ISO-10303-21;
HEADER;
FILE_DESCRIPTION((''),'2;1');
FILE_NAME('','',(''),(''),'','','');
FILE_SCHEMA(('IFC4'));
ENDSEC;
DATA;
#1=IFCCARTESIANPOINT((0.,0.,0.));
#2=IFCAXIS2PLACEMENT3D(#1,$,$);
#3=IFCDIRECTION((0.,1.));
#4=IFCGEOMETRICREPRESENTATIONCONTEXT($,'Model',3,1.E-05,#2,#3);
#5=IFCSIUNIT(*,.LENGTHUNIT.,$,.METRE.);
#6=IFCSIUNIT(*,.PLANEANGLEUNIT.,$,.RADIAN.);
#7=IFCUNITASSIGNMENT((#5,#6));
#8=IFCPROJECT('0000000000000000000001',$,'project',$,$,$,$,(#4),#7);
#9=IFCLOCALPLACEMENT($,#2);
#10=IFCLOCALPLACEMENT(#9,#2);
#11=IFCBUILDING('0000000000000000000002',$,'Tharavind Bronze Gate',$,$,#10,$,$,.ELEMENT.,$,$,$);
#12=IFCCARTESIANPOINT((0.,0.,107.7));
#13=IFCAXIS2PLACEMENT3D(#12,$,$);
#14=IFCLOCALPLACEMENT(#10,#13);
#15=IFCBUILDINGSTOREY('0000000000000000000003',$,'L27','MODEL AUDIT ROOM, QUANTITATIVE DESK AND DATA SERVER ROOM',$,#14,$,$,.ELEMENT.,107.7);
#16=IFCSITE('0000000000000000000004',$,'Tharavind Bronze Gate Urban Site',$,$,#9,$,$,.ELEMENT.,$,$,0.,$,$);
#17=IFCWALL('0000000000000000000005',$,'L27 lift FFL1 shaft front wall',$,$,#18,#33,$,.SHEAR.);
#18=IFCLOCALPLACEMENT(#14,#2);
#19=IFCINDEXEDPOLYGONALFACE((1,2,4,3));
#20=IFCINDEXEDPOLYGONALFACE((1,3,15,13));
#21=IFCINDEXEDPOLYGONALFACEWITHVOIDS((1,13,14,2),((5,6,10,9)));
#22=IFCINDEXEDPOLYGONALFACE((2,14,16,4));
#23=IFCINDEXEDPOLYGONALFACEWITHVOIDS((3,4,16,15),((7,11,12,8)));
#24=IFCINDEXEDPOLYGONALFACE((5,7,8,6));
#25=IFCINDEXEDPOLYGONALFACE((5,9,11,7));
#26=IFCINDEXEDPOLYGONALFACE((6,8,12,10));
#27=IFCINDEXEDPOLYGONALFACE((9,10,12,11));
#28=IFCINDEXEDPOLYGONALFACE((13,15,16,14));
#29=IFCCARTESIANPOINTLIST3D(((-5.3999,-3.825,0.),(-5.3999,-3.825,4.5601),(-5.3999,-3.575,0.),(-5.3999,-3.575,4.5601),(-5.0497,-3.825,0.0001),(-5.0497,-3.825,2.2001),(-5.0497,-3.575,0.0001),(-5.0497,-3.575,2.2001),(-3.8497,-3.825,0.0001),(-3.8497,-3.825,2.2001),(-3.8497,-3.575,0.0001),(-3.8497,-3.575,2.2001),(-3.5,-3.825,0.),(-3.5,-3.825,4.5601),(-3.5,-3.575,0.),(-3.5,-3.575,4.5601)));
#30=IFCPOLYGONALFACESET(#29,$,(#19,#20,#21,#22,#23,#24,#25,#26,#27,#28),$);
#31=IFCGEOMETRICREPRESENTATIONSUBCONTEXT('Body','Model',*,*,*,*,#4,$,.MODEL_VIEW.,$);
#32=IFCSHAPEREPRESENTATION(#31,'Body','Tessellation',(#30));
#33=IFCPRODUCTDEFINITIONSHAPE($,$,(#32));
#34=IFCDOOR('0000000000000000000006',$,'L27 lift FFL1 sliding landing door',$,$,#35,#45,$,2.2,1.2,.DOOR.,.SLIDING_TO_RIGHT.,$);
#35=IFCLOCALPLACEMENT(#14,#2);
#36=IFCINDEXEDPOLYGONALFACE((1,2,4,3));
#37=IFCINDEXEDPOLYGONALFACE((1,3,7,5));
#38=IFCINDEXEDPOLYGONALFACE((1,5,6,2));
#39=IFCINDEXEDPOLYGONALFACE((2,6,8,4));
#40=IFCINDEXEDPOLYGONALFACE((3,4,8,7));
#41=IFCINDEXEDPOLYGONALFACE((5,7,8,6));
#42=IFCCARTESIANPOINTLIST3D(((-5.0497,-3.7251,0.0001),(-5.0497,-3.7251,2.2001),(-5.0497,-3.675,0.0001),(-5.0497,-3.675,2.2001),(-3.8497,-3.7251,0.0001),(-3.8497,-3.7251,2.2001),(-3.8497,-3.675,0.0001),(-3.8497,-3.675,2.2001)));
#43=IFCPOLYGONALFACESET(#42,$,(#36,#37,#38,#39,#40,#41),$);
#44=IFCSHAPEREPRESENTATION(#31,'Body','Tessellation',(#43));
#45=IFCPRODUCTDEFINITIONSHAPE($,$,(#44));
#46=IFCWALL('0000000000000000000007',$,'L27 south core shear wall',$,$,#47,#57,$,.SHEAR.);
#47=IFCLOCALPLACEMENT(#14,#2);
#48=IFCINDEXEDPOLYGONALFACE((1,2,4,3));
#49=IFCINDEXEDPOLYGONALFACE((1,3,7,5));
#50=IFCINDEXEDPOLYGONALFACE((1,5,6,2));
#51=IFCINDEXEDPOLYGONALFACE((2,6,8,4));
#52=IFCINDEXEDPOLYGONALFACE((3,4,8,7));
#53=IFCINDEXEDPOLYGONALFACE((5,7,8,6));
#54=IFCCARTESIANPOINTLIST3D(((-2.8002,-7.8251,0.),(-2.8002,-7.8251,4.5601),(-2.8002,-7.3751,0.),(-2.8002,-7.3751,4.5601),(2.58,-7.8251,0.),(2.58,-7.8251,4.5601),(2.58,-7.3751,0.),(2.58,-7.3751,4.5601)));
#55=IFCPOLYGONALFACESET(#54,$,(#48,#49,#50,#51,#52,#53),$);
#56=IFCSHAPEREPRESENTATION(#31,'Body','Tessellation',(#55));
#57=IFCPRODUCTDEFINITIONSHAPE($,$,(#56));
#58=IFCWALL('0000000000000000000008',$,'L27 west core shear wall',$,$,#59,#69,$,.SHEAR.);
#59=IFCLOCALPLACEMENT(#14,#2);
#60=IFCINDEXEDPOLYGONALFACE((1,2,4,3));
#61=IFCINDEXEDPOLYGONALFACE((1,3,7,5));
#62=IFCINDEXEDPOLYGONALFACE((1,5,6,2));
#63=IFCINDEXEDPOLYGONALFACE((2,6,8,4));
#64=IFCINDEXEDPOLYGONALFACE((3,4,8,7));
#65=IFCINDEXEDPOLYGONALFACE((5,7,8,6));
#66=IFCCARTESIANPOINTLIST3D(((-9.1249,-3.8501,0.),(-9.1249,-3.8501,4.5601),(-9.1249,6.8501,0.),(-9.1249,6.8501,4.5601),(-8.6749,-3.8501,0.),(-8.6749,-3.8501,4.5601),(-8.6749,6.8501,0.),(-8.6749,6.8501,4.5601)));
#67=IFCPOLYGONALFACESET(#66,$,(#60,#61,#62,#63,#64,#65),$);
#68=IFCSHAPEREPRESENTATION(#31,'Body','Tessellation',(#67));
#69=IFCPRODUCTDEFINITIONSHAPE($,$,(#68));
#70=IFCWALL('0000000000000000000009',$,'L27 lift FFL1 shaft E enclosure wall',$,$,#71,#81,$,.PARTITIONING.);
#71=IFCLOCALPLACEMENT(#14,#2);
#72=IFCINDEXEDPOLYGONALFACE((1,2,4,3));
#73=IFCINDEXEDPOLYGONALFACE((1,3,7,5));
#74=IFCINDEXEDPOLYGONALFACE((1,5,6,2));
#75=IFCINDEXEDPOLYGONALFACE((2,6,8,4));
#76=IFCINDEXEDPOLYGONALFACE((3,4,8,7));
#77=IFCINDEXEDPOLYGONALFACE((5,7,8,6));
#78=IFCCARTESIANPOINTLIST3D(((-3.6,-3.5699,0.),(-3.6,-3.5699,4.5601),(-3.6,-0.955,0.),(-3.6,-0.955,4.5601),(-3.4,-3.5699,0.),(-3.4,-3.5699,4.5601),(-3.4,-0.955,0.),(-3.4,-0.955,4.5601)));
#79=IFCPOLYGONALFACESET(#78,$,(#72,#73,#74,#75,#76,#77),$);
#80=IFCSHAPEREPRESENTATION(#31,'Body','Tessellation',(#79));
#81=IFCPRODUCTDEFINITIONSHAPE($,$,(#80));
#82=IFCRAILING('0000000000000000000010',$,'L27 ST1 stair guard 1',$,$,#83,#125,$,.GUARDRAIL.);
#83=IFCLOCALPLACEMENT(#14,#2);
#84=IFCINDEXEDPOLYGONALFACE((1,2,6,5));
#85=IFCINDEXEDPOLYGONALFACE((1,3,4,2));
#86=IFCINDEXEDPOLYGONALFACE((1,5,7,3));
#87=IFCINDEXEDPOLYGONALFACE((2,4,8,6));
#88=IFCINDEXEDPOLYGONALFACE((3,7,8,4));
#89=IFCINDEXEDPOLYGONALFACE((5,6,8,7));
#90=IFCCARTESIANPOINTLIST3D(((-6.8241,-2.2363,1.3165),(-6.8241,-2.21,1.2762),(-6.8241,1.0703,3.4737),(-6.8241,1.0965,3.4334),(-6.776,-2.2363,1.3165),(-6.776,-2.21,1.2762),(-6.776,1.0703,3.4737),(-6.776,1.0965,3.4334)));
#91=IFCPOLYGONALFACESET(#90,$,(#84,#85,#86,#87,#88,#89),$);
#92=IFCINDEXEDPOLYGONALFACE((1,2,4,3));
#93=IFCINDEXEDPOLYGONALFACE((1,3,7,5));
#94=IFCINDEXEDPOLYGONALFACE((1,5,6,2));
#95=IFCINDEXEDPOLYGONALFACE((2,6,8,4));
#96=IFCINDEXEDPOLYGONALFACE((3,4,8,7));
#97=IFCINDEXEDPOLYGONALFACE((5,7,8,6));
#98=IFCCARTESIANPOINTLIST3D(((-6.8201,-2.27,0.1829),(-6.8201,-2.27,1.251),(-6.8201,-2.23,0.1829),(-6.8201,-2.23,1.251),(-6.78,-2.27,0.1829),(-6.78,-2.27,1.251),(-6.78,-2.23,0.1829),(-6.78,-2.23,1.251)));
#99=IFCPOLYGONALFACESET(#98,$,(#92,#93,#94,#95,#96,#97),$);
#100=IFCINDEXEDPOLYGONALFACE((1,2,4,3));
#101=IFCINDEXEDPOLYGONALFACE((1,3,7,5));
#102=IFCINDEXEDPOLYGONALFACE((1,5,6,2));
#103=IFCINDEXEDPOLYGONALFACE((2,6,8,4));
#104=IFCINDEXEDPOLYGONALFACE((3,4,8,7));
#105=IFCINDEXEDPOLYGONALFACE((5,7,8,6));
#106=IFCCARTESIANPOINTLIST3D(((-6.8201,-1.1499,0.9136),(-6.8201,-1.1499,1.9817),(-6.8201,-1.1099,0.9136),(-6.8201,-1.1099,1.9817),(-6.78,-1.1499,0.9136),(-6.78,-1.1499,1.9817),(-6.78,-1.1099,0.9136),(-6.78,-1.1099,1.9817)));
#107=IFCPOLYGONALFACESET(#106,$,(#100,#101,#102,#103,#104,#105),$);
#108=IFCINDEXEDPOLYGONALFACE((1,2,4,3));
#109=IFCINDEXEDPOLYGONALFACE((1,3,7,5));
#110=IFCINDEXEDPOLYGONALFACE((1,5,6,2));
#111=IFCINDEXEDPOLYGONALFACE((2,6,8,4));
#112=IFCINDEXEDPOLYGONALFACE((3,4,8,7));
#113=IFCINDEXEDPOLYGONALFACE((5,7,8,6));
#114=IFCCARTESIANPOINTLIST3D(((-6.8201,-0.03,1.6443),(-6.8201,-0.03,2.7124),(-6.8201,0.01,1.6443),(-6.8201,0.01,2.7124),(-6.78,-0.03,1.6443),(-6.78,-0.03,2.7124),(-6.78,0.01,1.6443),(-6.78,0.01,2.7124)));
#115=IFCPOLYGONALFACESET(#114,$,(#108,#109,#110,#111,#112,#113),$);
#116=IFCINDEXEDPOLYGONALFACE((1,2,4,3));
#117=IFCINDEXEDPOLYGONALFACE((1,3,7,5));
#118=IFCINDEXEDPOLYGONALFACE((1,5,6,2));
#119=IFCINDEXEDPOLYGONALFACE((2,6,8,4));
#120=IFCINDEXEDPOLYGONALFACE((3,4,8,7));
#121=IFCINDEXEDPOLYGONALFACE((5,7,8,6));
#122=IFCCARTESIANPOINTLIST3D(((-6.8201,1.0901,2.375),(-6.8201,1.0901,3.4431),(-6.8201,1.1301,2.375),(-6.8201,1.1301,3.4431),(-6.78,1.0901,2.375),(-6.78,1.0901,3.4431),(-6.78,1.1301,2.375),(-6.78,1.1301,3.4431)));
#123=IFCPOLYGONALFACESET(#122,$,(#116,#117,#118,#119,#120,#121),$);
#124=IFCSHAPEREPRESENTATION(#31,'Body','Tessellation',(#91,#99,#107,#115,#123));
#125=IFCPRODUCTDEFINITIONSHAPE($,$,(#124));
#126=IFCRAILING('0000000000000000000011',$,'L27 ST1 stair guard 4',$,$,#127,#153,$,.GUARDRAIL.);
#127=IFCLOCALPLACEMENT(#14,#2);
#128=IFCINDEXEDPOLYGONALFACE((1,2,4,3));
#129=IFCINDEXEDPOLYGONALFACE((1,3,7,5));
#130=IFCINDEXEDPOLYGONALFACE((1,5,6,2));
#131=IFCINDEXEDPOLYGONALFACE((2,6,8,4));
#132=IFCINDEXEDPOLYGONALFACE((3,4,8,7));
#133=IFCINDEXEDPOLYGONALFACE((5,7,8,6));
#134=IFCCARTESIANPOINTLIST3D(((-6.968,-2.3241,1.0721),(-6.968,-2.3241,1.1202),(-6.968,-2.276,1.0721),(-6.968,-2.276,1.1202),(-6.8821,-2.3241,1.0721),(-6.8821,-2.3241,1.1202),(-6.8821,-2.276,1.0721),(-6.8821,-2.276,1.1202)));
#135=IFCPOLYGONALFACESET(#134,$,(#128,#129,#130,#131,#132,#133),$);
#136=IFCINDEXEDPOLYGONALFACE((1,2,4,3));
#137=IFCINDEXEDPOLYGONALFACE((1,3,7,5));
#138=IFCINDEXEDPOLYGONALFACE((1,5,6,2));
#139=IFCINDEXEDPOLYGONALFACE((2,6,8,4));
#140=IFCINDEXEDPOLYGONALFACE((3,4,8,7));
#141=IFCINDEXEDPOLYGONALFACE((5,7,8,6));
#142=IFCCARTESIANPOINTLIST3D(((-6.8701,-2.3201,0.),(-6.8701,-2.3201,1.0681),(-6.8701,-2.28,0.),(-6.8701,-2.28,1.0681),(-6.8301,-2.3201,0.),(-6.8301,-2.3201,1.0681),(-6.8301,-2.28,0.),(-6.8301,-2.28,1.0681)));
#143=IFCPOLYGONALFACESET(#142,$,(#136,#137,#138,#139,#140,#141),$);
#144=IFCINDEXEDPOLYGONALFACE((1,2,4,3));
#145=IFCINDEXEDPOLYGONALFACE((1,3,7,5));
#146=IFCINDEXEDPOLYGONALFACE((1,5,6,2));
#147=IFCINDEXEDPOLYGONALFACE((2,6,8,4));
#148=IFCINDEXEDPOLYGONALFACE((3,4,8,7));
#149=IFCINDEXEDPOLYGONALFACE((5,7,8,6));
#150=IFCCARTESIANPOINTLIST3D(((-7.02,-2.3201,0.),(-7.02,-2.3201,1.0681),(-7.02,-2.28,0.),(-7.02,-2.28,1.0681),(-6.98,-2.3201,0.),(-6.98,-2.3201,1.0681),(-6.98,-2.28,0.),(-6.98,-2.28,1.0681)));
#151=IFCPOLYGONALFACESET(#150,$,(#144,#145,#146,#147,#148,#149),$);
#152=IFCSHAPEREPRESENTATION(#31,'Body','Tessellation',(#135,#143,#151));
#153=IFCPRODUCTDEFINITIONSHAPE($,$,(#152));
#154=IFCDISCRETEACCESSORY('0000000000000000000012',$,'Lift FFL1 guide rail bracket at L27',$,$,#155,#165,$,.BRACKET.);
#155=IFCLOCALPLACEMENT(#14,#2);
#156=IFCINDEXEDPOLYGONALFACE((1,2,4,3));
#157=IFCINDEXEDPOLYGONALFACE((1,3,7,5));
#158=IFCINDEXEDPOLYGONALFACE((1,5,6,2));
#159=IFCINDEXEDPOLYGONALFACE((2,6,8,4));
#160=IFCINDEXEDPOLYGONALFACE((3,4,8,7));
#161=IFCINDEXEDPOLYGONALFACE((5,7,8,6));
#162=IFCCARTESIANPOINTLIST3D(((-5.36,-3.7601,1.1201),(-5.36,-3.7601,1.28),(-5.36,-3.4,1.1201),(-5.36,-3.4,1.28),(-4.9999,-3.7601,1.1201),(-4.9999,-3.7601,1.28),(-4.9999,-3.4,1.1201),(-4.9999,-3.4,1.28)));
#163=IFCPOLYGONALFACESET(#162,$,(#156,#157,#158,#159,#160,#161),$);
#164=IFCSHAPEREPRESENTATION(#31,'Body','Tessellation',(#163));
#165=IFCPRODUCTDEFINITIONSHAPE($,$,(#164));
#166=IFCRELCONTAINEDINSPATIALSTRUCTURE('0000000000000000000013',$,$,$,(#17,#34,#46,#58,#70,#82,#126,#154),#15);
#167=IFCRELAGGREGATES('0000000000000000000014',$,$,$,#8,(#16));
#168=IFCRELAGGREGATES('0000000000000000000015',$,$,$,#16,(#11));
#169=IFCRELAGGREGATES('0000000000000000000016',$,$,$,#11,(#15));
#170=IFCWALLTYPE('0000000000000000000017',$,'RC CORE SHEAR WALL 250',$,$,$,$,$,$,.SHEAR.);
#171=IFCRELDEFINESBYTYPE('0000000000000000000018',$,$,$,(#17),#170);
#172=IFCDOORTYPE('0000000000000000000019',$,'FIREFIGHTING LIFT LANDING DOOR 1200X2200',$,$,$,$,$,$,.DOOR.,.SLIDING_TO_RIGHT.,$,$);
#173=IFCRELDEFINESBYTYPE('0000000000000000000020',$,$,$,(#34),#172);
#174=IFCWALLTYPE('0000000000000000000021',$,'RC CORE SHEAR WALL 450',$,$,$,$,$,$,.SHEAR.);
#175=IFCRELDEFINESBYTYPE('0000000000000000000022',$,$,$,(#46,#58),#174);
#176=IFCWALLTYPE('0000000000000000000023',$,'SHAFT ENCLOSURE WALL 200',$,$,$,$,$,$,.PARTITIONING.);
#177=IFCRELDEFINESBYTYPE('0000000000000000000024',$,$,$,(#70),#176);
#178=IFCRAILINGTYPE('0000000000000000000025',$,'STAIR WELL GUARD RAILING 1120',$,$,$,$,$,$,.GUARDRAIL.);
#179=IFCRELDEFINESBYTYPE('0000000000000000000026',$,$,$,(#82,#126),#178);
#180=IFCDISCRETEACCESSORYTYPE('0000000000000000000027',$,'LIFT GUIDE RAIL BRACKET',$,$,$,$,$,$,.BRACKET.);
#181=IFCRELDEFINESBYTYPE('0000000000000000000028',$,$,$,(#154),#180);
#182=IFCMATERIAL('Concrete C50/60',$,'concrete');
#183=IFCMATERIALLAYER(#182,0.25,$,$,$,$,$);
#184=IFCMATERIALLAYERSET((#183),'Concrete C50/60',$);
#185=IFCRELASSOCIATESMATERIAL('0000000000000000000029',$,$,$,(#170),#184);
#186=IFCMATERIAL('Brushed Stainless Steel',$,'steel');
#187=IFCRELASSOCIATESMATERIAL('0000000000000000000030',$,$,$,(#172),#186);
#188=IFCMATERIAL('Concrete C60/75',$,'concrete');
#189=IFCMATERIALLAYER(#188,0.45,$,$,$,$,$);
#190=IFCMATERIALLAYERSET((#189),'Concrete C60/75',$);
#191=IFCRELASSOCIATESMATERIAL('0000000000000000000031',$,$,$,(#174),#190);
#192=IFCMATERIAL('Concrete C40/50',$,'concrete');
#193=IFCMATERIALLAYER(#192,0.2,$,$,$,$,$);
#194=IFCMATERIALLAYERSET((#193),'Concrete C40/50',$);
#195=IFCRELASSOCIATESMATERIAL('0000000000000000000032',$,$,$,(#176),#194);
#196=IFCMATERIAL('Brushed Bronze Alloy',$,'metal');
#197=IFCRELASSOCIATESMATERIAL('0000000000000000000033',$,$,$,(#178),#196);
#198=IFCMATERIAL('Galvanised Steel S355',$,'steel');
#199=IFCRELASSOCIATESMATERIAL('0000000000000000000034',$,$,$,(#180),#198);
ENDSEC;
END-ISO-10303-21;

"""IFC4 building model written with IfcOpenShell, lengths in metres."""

from ifc_helpers import new_model, si_unit, direction, frame, frame_2d, origin, origin_2d, place, context, subcontext, project, spatial, rectangle, extrude, material, layer, layer_set, type_object, element, fill, save


model = new_model("IFC4")

# Units and contexts
model_context = context("Model", 3, precision=1e-05, world=origin(), true_north=direction((0.0, 1.0)))
body_context = subcontext(model_context, "Body", "Model", "MODEL_VIEW")
ifc_project = project(units=[si_unit("LENGTHUNIT", "METRE"), si_unit("PLANEANGLEUNIT", "RADIAN")], contexts=[model_context])

# Site, building, storey
site_placement = place(None, origin())
site = spatial("IfcSite", under=ifc_project, at=site_placement, Name="Tharavind Bronze Gate Urban Site", CompositionType="ELEMENT", RefElevation=0.0)
building_placement = place(site_placement, origin())
building = spatial("IfcBuilding", under=site, at=building_placement, Name="Tharavind Bronze Gate", CompositionType="ELEMENT")
storey_placement = place(building_placement, frame((0.0, 0.0, 107.7)))
storey = spatial("IfcBuildingStorey", under=building, at=storey_placement, Name="L27", Description="MODEL AUDIT ROOM, QUANTITATIVE DESK AND DATA SERVER ROOM", CompositionType="ELEMENT", Elevation=107.7)

# Shared definitions
ifc_material_1 = material(Name="Concrete C60/75", Category="concrete")

# Shared definitions
ifc_material_2 = material(Name="Concrete C50/60", Category="concrete")
ifc_layer_1 = layer(ifc_material_2, 0.25)
ifc_layer_set_1 = layer_set([ifc_layer_1], Name="Concrete C50/60")
wall_type_1 = type_object("IfcWallType", Name="RC CORE SHEAR WALL 250", PredefinedType="SHEAR", material=ifc_layer_set_1)

# Wall, opening, door
wall_1_placement = place(storey_placement, frame((-5.3999, -3.7, 0.0), z_axis=(0.0, 0.0, 1.0), x_axis=(1.0, 0.0, 0.0)))
wall_1 = element("IfcWall", 1, at=wall_1_placement, inside=storey, type_object=wall_type_1, Name="L27 lift FFL1 shaft front wall", PredefinedType="SHEAR", context=body_context, shape_type="SweptSolid", body=[
    extrude(rectangle(XDim=1.8999, YDim=0.25, at=frame_2d((0.95, 0.0))), origin(), (0.0, 0.0, 1.0), 4.5601),
])
opening_1_placement = place(wall_1_placement, frame((0.3501, 0.0, 0.0)))
opening_1 = element("IfcOpeningElement", 2, at=opening_1_placement, cuts=wall_1, PredefinedType="OPENING", context=body_context, shape_type="SweptSolid", body=[
    extrude(rectangle(XDim=1.2, YDim=2.2, at=frame_2d((0.6001, 1.1001))), frame((0.0, 0.135, 0.0), z_axis=(0.0, -1.0, 0.0), x_axis=(1.0, 0.0, 0.0)), (0.0, 0.0, 1.0), 0.27),
])
ifc_material_3 = material(Name="Brushed Stainless Steel", Category="steel")
door_type_1 = type_object("IfcDoorType", Name="FIREFIGHTING LIFT LANDING DOOR 1200X2200", OperationType="SLIDING_TO_RIGHT", PredefinedType="DOOR", material=ifc_material_3)
door_1_placement = place(opening_1_placement, origin())
door_1 = element("IfcDoor", 3, at=door_1_placement, inside=storey, type_object=door_type_1, Name="L27 lift FFL1 sliding landing door", OperationType="SLIDING_TO_RIGHT", OverallHeight=2.2, OverallWidth=1.2, PredefinedType="DOOR", context=body_context, shape_type="SweptSolid", body=[
    extrude(rectangle(XDim=1.2, YDim=2.2, at=frame_2d((0.6001, 1.1001))), frame((0.0, 0.0249, 0.0), z_axis=(0.0, -1.0, 0.0), x_axis=(1.0, 0.0, 0.0)), (0.0, 0.0, 1.0), 0.05),
])
fill(opening_1, door_1)

# Walls
ifc_layer_2 = layer(ifc_material_1, 0.45)
ifc_layer_set_2 = layer_set([ifc_layer_2], Name="Concrete C60/75")
wall_type_2 = type_object("IfcWallType", Name="RC CORE SHEAR WALL 450", PredefinedType="SHEAR", material=ifc_layer_set_2)
wall_2_placement = place(storey_placement, frame((-2.8, -7.6001, 0.0), z_axis=(0.0, 0.0, 1.0), x_axis=(1.0, 0.0, 0.0)))
element("IfcWall", 4, at=wall_2_placement, inside=storey, type_object=wall_type_2, Name="L27 south core shear wall", PredefinedType="SHEAR", context=body_context, shape_type="SweptSolid", body=[
    extrude(rectangle(XDim=5.3801, YDim=0.45, at=frame_2d((2.6899, 0.0))), origin(), (0.0, 0.0, 1.0), 4.5601),
])
wall_3_placement = place(storey_placement, frame((-8.8999, -3.8501, 0.0), z_axis=(0.0, 0.0, 1.0), x_axis=(0.0, 1.0, 0.0)))
element("IfcWall", 5, at=wall_3_placement, inside=storey, type_object=wall_type_2, Name="L27 west core shear wall", PredefinedType="SHEAR", context=body_context, shape_type="SweptSolid", body=[
    extrude(rectangle(XDim=10.7002, YDim=0.45, at=frame_2d((5.3501, 0.0))), origin(), (0.0, 0.0, 1.0), 4.5601),
])
ifc_material_4 = material(Name="Concrete C40/50", Category="concrete")
ifc_layer_3 = layer(ifc_material_4, 0.2)
ifc_layer_set_3 = layer_set([ifc_layer_3], Name="Concrete C40/50")
wall_type_3 = type_object("IfcWallType", Name="SHAFT ENCLOSURE WALL 200", PredefinedType="PARTITIONING", material=ifc_layer_set_3)
wall_4_placement = place(storey_placement, frame((-3.5, -3.5701, 0.0), z_axis=(0.0, 0.0, 1.0), x_axis=(0.0, 1.0, 0.0)))
element("IfcWall", 6, at=wall_4_placement, inside=storey, type_object=wall_type_3, Name="L27 lift FFL1 shaft E enclosure wall", PredefinedType="PARTITIONING", context=body_context, shape_type="SweptSolid", body=[
    extrude(rectangle(XDim=2.615, YDim=0.2, at=frame_2d((1.3076, 0.0))), origin(), (0.0, 0.0, 1.0), 4.5601),
])

# Railings
ifc_material_5 = material(Name="Brushed Bronze Alloy", Category="metal")
railing_type = type_object("IfcRailingType", Name="STAIR WELL GUARD RAILING 1120", PredefinedType="GUARDRAIL", material=ifc_material_5)
railing_1_placement = place(storey_placement, frame((-6.8, -2.25, 0.1829)))
element("IfcRailing", 7, at=railing_1_placement, inside=storey, type_object=railing_type, Name="L27 ST1 stair guard 1", PredefinedType="GUARDRAIL", context=body_context, shape_type="SweptSolid", body=[
    extrude(rectangle(XDim=0.0481, YDim=0.0481, at=origin_2d()), frame((0.0, 0.0269, 1.1135), z_axis=(0.0, 0.837523, 0.546401), x_axis=(-1.0, 0.0, 0.0)), (0.0, 0.0, 1.0), 3.948),
    extrude(rectangle(XDim=0.04, YDim=0.04, at=origin_2d()), origin(), (0.0, 0.0, 1.0), 1.0681),
    extrude(rectangle(XDim=0.04, YDim=0.04, at=origin_2d()), frame((0.0, 1.1201, 0.7307)), (0.0, 0.0, 1.0), 1.0681),
    extrude(rectangle(XDim=0.04, YDim=0.04, at=origin_2d()), frame((0.0, 2.24, 1.4614)), (0.0, 0.0, 1.0), 1.0681),
    extrude(rectangle(XDim=0.04, YDim=0.04, at=origin_2d()), frame((0.0, 3.3601, 2.1921)), (0.0, 0.0, 1.0), 1.0681),
])
railing_2_placement = place(storey_placement, frame((-6.8501, -2.3, 0.0)))
element("IfcRailing", 8, at=railing_2_placement, inside=storey, type_object=railing_type, Name="L27 ST1 stair guard 4", PredefinedType="GUARDRAIL", context=body_context, shape_type="SweptSolid", body=[
    extrude(rectangle(XDim=0.0481, YDim=0.0481, at=origin_2d()), frame((-0.032, 0.0, 1.0962), z_axis=(-1.0, 0.0, 0.0), x_axis=(0.0, -1.0, 0.0)), (0.0, 0.0, 1.0), 0.0859),
    extrude(rectangle(XDim=0.04, YDim=0.04, at=origin_2d()), origin(), (0.0, 0.0, 1.0), 1.0681),
    extrude(rectangle(XDim=0.04, YDim=0.04, at=origin_2d()), frame((-0.1499, 0.0, 0.0)), (0.0, 0.0, 1.0), 1.0681),
])

# Discrete accessory
ifc_material_6 = material(Name="Galvanised Steel S355", Category="steel")
discrete_accessory_type = type_object("IfcDiscreteAccessoryType", Name="LIFT GUIDE RAIL BRACKET", PredefinedType="BRACKET", material=ifc_material_6)
discrete_accessory_placement = place(storey_placement, frame((-5.1799, -3.5801, 1.1201), z_axis=(0.0, 0.0, 1.0), x_axis=(1.0, 0.0, 0.0)))
element("IfcDiscreteAccessory", 9, at=discrete_accessory_placement, inside=storey, type_object=discrete_accessory_type, Name="Lift FFL1 guide rail bracket at L27", PredefinedType="BRACKET", context=body_context, shape_type="SweptSolid", body=[
    extrude(rectangle(XDim=0.3601, YDim=0.3601, at=origin_2d()), origin(), (0.0, 0.0, 1.0), 0.1599),
])

save(model, "model.ifc")
